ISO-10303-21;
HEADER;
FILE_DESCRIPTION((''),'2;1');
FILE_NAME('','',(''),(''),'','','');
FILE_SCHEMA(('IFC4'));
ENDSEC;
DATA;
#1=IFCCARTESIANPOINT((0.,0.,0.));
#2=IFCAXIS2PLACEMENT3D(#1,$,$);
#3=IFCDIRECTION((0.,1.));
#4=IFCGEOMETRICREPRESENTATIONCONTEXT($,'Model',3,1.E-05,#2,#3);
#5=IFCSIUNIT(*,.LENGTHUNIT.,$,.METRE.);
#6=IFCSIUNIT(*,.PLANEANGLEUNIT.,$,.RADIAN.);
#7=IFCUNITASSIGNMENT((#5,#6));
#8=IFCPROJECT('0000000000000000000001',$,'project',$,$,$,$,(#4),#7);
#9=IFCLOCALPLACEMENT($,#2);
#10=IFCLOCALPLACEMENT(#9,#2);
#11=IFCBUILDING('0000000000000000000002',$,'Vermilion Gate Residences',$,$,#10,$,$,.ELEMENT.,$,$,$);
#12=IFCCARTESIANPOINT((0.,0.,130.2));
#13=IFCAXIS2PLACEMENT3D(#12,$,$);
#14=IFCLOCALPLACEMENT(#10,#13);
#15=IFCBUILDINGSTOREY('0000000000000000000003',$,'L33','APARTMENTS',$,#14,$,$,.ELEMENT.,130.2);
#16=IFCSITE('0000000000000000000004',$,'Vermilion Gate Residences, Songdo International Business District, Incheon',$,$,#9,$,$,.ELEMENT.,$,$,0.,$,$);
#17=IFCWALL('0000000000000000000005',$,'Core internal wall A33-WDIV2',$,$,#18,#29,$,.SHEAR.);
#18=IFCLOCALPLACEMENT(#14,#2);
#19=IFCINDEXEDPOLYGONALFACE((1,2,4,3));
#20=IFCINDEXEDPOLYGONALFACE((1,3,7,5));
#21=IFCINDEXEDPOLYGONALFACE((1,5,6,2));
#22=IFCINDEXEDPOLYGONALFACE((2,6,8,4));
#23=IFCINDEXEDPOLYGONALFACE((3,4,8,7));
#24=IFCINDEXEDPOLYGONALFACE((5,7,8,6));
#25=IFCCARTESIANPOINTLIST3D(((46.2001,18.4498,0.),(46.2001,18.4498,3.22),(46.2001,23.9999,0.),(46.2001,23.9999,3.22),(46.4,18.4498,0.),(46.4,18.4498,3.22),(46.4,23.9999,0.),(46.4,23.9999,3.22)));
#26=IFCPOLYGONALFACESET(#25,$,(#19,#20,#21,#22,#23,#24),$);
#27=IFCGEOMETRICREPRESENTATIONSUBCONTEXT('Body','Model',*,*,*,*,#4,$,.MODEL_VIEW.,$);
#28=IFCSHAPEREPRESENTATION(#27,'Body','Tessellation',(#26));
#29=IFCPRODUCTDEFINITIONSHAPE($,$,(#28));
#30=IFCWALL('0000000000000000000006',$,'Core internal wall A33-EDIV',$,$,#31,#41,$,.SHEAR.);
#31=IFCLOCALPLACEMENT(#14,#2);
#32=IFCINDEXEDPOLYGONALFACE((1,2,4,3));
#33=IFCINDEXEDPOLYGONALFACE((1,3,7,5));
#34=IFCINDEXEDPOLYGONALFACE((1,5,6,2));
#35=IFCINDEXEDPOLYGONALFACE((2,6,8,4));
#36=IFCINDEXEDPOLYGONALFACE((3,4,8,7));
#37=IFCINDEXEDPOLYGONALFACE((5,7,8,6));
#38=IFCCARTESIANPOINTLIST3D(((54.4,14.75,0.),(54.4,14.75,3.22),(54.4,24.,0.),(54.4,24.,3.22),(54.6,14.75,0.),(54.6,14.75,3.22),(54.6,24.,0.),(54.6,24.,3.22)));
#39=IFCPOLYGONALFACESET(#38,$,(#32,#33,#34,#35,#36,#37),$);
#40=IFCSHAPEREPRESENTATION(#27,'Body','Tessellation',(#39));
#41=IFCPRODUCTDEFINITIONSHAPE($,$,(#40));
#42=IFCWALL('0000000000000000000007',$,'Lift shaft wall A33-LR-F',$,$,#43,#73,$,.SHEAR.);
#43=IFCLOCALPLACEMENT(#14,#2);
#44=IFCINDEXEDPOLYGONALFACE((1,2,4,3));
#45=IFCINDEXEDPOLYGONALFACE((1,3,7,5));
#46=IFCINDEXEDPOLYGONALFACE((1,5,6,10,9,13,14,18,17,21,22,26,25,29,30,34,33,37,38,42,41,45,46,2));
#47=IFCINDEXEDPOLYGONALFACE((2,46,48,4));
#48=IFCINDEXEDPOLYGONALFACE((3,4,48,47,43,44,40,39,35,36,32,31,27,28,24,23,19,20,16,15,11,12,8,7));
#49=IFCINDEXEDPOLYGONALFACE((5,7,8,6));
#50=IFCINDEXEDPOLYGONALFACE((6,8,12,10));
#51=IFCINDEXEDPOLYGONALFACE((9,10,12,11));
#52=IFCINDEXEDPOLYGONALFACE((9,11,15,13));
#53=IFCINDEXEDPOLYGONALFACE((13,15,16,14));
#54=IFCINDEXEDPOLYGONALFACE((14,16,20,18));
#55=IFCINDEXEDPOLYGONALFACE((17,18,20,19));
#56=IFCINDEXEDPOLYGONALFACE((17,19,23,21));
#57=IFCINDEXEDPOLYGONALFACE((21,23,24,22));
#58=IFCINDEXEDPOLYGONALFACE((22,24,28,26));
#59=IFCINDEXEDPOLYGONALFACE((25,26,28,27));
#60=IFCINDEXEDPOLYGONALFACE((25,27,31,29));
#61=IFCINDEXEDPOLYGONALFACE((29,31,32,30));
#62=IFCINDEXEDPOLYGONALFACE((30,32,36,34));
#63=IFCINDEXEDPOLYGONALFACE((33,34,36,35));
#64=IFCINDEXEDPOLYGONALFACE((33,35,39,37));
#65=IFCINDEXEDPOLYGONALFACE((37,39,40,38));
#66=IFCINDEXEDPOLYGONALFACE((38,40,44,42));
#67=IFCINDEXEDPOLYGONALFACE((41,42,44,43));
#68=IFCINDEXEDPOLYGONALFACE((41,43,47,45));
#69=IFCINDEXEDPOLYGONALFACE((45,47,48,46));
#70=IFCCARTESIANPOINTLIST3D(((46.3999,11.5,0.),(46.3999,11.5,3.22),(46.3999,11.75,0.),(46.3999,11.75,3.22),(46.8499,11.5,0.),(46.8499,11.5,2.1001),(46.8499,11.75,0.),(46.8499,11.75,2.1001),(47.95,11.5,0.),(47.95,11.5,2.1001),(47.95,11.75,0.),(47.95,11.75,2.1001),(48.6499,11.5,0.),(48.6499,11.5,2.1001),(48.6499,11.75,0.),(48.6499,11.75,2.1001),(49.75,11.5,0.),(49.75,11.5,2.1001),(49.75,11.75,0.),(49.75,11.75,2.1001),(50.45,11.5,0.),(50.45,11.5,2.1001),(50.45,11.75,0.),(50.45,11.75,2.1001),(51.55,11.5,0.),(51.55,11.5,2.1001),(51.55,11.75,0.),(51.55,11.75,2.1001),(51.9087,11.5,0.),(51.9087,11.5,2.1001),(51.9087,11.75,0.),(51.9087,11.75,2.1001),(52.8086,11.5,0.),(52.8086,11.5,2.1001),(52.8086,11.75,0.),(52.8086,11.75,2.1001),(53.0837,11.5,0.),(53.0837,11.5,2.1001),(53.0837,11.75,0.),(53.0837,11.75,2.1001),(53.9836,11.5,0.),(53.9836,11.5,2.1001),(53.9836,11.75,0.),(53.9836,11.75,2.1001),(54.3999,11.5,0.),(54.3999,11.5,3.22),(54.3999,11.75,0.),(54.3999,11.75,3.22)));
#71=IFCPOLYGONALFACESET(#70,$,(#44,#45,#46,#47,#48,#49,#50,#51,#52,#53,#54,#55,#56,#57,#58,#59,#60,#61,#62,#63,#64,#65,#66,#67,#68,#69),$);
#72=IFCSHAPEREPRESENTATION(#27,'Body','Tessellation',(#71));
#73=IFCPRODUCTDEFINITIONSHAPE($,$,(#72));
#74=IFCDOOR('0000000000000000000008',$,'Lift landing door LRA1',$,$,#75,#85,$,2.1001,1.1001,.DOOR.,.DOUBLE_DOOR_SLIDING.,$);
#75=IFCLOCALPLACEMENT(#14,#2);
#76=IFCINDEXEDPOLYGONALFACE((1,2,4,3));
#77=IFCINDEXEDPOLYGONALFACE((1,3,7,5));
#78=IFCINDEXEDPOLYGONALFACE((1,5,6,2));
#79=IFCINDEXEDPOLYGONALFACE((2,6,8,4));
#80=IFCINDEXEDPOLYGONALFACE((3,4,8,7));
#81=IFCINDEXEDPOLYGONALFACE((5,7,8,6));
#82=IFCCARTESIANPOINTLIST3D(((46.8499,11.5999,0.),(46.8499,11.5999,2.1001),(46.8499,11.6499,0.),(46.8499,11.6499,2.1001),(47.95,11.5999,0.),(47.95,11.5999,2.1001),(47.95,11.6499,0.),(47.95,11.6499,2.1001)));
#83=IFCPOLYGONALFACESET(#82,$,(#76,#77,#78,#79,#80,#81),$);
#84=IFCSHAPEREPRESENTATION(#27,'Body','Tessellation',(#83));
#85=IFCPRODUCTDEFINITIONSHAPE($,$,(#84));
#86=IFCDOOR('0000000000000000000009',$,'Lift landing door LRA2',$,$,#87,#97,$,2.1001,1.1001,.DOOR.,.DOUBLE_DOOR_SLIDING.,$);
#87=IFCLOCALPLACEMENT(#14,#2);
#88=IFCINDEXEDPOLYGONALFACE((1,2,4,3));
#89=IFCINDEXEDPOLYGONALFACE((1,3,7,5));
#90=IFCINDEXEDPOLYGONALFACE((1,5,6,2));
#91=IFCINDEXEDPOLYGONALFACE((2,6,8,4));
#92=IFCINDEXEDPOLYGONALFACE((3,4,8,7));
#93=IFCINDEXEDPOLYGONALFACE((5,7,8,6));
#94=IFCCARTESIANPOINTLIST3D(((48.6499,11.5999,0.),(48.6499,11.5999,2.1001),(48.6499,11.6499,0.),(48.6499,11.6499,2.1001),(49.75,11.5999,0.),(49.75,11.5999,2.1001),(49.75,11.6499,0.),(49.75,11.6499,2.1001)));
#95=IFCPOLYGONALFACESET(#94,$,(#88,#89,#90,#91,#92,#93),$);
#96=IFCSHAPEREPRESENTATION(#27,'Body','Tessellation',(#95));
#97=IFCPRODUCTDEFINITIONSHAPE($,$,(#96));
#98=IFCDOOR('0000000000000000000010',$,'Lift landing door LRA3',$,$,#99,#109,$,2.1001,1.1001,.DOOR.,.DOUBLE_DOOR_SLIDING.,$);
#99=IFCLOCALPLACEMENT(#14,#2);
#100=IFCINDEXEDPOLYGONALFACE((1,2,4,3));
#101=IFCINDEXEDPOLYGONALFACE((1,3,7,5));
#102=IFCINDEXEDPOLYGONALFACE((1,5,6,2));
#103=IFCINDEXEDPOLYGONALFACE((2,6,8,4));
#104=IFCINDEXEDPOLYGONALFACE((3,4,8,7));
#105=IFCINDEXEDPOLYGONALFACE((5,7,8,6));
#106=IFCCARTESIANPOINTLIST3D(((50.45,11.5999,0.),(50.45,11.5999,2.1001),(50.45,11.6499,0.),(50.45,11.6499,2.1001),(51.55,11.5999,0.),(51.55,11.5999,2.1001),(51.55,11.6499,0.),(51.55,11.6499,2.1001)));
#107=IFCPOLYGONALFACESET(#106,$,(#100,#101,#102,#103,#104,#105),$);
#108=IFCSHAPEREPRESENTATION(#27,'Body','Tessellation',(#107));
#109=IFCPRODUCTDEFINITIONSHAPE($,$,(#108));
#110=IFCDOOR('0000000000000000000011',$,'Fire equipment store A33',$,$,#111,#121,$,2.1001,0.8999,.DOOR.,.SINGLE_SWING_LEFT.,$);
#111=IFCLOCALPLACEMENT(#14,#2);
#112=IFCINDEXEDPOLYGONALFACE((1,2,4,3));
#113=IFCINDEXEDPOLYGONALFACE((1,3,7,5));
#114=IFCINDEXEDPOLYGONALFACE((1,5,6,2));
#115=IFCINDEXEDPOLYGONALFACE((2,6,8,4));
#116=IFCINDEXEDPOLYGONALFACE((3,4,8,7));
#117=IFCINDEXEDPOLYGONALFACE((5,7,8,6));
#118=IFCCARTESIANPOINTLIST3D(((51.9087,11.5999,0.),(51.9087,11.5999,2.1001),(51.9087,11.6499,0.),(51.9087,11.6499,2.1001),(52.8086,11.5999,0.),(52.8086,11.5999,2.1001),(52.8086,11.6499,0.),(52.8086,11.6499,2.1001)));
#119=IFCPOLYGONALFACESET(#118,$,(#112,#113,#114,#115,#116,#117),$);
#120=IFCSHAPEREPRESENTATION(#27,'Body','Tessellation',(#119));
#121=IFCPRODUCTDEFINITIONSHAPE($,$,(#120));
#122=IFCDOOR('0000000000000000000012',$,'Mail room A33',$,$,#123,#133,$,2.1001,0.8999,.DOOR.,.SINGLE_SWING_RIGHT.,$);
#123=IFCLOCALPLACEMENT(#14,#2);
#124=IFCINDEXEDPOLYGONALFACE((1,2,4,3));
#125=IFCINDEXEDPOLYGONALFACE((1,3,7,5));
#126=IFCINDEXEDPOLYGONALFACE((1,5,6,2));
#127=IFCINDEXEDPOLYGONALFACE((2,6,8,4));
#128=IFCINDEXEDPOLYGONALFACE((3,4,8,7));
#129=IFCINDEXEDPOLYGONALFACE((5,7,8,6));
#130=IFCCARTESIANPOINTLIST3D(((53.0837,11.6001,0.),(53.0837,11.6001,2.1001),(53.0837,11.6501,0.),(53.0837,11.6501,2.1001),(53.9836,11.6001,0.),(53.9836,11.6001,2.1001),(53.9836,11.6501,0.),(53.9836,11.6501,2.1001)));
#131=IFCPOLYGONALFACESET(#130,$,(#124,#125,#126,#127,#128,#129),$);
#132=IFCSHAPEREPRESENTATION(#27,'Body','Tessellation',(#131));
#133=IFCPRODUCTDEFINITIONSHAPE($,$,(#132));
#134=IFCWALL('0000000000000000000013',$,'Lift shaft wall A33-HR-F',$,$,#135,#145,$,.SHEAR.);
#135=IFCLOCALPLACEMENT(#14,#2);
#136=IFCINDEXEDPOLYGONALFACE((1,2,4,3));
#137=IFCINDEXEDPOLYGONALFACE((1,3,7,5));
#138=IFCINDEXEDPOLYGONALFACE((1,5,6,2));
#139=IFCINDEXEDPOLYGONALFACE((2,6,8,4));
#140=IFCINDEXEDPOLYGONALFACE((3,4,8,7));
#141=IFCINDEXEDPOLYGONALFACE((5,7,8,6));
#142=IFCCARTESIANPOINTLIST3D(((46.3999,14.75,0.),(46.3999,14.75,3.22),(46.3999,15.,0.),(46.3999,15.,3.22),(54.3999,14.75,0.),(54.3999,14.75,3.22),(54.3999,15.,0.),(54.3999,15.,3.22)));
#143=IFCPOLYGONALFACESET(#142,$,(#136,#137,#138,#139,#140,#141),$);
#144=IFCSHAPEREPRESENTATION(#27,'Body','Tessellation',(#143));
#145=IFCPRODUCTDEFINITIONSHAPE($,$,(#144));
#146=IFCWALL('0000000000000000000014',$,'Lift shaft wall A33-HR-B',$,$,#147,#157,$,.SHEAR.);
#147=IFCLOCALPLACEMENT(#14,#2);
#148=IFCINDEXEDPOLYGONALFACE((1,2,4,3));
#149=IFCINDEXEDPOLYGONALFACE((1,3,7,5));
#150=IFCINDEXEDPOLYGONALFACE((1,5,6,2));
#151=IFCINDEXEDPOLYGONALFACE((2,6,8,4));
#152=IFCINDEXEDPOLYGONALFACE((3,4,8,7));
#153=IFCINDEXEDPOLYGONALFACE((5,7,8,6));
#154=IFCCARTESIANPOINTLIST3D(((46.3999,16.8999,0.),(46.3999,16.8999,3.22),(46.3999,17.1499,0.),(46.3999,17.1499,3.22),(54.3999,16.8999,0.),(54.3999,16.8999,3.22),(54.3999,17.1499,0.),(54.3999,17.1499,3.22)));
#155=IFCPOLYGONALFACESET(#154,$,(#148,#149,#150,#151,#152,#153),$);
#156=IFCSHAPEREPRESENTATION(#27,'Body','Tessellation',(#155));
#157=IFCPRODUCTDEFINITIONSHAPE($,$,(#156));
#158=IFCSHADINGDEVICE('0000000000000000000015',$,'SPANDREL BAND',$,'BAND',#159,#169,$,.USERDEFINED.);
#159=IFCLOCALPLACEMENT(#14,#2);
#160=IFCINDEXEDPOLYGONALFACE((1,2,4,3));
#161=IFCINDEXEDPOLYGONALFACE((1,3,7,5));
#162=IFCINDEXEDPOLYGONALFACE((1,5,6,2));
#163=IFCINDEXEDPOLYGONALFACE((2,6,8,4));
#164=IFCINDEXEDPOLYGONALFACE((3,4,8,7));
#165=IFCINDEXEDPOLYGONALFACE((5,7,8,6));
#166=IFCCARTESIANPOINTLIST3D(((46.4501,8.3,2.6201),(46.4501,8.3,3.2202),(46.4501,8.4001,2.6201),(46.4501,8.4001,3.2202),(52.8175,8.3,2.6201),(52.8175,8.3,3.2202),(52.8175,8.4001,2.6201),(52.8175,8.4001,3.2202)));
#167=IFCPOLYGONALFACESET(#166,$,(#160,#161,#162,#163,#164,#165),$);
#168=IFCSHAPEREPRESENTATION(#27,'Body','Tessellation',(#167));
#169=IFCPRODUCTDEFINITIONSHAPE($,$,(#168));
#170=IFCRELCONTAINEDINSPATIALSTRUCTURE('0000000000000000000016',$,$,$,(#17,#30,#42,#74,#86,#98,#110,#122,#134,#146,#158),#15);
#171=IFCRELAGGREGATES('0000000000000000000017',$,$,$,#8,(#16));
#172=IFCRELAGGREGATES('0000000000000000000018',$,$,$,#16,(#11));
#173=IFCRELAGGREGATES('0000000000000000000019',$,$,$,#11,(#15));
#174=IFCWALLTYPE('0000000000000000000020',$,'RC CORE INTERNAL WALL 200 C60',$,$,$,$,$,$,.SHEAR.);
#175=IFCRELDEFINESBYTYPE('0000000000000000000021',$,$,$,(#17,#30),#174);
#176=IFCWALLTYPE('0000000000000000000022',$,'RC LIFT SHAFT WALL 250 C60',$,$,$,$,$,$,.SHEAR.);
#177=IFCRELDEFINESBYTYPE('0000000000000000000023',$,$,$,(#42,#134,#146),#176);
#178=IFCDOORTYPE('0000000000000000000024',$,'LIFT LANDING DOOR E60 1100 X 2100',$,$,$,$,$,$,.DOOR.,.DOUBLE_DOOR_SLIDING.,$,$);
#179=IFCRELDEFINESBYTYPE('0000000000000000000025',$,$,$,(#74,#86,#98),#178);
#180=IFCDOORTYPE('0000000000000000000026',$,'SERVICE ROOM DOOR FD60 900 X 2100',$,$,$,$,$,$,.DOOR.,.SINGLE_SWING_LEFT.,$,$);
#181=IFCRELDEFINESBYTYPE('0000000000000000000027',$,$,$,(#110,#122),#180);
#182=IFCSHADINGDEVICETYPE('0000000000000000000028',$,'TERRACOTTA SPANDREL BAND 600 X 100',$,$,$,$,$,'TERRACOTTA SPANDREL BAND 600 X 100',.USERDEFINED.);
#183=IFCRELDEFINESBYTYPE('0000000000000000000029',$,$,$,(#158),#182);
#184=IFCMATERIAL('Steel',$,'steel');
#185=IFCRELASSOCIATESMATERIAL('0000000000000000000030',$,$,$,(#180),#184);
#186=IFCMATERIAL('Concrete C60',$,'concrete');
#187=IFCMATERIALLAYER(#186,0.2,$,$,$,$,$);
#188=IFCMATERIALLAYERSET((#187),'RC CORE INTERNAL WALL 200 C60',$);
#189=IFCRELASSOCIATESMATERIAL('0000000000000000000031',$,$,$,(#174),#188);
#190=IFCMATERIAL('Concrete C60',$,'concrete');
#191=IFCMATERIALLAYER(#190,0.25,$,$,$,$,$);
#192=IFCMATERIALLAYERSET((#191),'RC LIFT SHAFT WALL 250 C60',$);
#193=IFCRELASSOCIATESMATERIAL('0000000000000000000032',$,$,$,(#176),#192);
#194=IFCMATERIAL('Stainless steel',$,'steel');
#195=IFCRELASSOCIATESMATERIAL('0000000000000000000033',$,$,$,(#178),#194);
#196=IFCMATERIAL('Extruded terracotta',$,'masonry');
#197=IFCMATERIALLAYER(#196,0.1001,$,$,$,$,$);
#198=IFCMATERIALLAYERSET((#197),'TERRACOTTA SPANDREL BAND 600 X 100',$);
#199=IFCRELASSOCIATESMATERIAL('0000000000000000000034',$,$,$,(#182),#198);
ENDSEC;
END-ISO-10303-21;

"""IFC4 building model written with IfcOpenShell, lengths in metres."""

from ifc_helpers import new_model, si_unit, direction, frame, frame_2d, origin, origin_2d, place, context, subcontext, project, spatial, rectangle, extrude, material, layer, layer_set, type_object, element, fill, save


model = new_model("IFC4")

# Units and contexts
model_context = context("Model", 3, precision=1e-05, world=origin(), true_north=direction((0.0, 1.0)))
body_context = subcontext(model_context, "Body", "Model", "MODEL_VIEW")
ifc_project = project(units=[si_unit("LENGTHUNIT", "METRE"), si_unit("PLANEANGLEUNIT", "RADIAN")], contexts=[model_context])

# Site, building, storey
site_placement = place(None, origin())
site = spatial("IfcSite", under=ifc_project, at=site_placement, Name="Vermilion Gate Residences, Songdo International Business District, Incheon", CompositionType="ELEMENT", RefElevation=0.0)
building_placement = place(site_placement, origin())
building = spatial("IfcBuilding", under=site, at=building_placement, Name="Vermilion Gate Residences", CompositionType="ELEMENT")
storey_placement = place(building_placement, frame((0.0, 0.0, 130.2)))
storey = spatial("IfcBuildingStorey", under=building, at=storey_placement, Name="L33", Description="APARTMENTS", CompositionType="ELEMENT", Elevation=130.2)

# Shared definitions
ifc_material_1 = material(Name="Steel", Category="steel")
door_type_1 = type_object("IfcDoorType", Name="SERVICE ROOM DOOR FD60 900 X 2100", OperationType="SINGLE_SWING_LEFT", PredefinedType="DOOR", material=ifc_material_1)

# Walls
ifc_material_2 = material(Name="Concrete C60", Category="concrete")
ifc_layer_1 = layer(ifc_material_2, 0.2)
ifc_layer_set_1 = layer_set([ifc_layer_1], Name="RC CORE INTERNAL WALL 200 C60")
wall_type_1 = type_object("IfcWallType", Name="RC CORE INTERNAL WALL 200 C60", PredefinedType="SHEAR", material=ifc_layer_set_1)
wall_1_placement = place(storey_placement, frame((46.3, 18.45, 0.0), z_axis=(0.0, 0.0, 1.0), x_axis=(0.0, 1.0, 0.0)))
element("IfcWall", 1, at=wall_1_placement, inside=storey, type_object=wall_type_1, Name="Core internal wall A33-WDIV2", PredefinedType="SHEAR", context=body_context, shape_type="SweptSolid", body=[
    extrude(rectangle(XDim=5.55, YDim=0.2, at=frame_2d((2.7749, 0.0))), origin(), (0.0, 0.0, 1.0), 3.22),
])
wall_2_placement = place(storey_placement, frame((54.5, 14.75, 0.0), z_axis=(0.0, 0.0, 1.0), x_axis=(0.0, 1.0, 0.0)))
element("IfcWall", 2, at=wall_2_placement, inside=storey, type_object=wall_type_1, Name="Core internal wall A33-EDIV", PredefinedType="SHEAR", context=body_context, shape_type="SweptSolid", body=[
    extrude(rectangle(XDim=9.25, YDim=0.2, at=frame_2d((4.625, 0.0))), origin(), (0.0, 0.0, 1.0), 3.22),
])

# Wall, openings, doors
ifc_material_3 = material(Name="Concrete C60", Category="concrete")
ifc_layer_2 = layer(ifc_material_3, 0.25)
ifc_layer_set_2 = layer_set([ifc_layer_2], Name="RC LIFT SHAFT WALL 250 C60")
wall_type_2 = type_object("IfcWallType", Name="RC LIFT SHAFT WALL 250 C60", PredefinedType="SHEAR", material=ifc_layer_set_2)
wall_3_placement = place(storey_placement, frame((46.3999, 11.625, 0.0), z_axis=(0.0, 0.0, 1.0), x_axis=(1.0, 0.0, 0.0)))
wall_3 = element("IfcWall", 3, at=wall_3_placement, inside=storey, type_object=wall_type_2, Name="Lift shaft wall A33-LR-F", PredefinedType="SHEAR", context=body_context, shape_type="SweptSolid", body=[
    extrude(rectangle(XDim=8.0, YDim=0.25, at=frame_2d((4.0, 0.0))), origin(), (0.0, 0.0, 1.0), 3.22),
])
opening_1_placement = place(wall_3_placement, frame((0.45, 0.0, 0.0)))
opening_1 = element("IfcOpeningElement", 4, at=opening_1_placement, cuts=wall_3, PredefinedType="OPENING", context=body_context, shape_type="SweptSolid", body=[
    extrude(rectangle(XDim=1.1001, YDim=2.1001, at=frame_2d((0.55, 1.05))), frame((0.0, 0.135, 0.0), z_axis=(0.0, -1.0, 0.0), x_axis=(1.0, 0.0, 0.0)), (0.0, 0.0, 1.0), 0.27),
])
opening_2_placement = place(wall_3_placement, frame((2.25, 0.0, 0.0)))
opening_2 = element("IfcOpeningElement", 5, at=opening_2_placement, cuts=wall_3, PredefinedType="OPENING", context=body_context, shape_type="SweptSolid", body=[
    extrude(rectangle(XDim=1.1001, YDim=2.1001, at=frame_2d((0.55, 1.05))), frame((0.0, 0.135, 0.0), z_axis=(0.0, -1.0, 0.0), x_axis=(1.0, 0.0, 0.0)), (0.0, 0.0, 1.0), 0.27),
])
opening_3_placement = place(wall_3_placement, frame((4.05, 0.0, 0.0)))
opening_3 = element("IfcOpeningElement", 6, at=opening_3_placement, cuts=wall_3, PredefinedType="OPENING", context=body_context, shape_type="SweptSolid", body=[
    extrude(rectangle(XDim=1.1001, YDim=2.1001, at=frame_2d((0.55, 1.05))), frame((0.0, 0.135, 0.0), z_axis=(0.0, -1.0, 0.0), x_axis=(1.0, 0.0, 0.0)), (0.0, 0.0, 1.0), 0.27),
])
opening_4_placement = place(wall_3_placement, frame((5.5088, 0.0, 0.0)))
opening_4 = element("IfcOpeningElement", 7, at=opening_4_placement, cuts=wall_3, PredefinedType="OPENING", context=body_context, shape_type="SweptSolid", body=[
    extrude(rectangle(XDim=0.8999, YDim=2.1001, at=frame_2d((0.45, 1.05))), frame((0.0, 0.135, 0.0), z_axis=(0.0, -1.0, 0.0), x_axis=(1.0, 0.0, 0.0)), (0.0, 0.0, 1.0), 0.27),
])
opening_5_placement = place(wall_3_placement, frame((6.6838, 0.0, 0.0)))
opening_5 = element("IfcOpeningElement", 8, at=opening_5_placement, cuts=wall_3, PredefinedType="OPENING", context=body_context, shape_type="SweptSolid", body=[
    extrude(rectangle(XDim=0.8999, YDim=2.1001, at=frame_2d((0.45, 1.05))), frame((0.0, 0.135, 0.0), z_axis=(0.0, -1.0, 0.0), x_axis=(1.0, 0.0, 0.0)), (0.0, 0.0, 1.0), 0.27),
])
ifc_material_4 = material(Name="Stainless steel", Category="steel")
door_type_2 = type_object("IfcDoorType", Name="LIFT LANDING DOOR E60 1100 X 2100", OperationType="DOUBLE_DOOR_SLIDING", PredefinedType="DOOR", material=ifc_material_4)
door_1_placement = place(opening_1_placement, origin())
door_1 = element("IfcDoor", 9, at=door_1_placement, inside=storey, type_object=door_type_2, Name="Lift landing door LRA1", OperationType="DOUBLE_DOOR_SLIDING", OverallHeight=2.1001, OverallWidth=1.1001, PredefinedType="DOOR", context=body_context, shape_type="SweptSolid", body=[
    extrude(rectangle(XDim=1.1001, YDim=2.1001, at=frame_2d((0.55, 1.05))), frame((0.0, 0.0249, 0.0), z_axis=(0.0, -1.0, 0.0), x_axis=(1.0, 0.0, 0.0)), (0.0, 0.0, 1.0), 0.05),
])
fill(opening_1, door_1)
door_2_placement = place(opening_2_placement, origin())
door_2 = element("IfcDoor", 10, at=door_2_placement, inside=storey, type_object=door_type_2, Name="Lift landing door LRA2", OperationType="DOUBLE_DOOR_SLIDING", OverallHeight=2.1001, OverallWidth=1.1001, PredefinedType="DOOR", context=body_context, shape_type="SweptSolid", body=[
    extrude(rectangle(XDim=1.1001, YDim=2.1001, at=frame_2d((0.55, 1.05))), frame((0.0, 0.0249, 0.0), z_axis=(0.0, -1.0, 0.0), x_axis=(1.0, 0.0, 0.0)), (0.0, 0.0, 1.0), 0.05),
])
fill(opening_2, door_2)
door_3_placement = place(opening_3_placement, origin())
door_3 = element("IfcDoor", 11, at=door_3_placement, inside=storey, type_object=door_type_2, Name="Lift landing door LRA3", OperationType="DOUBLE_DOOR_SLIDING", OverallHeight=2.1001, OverallWidth=1.1001, PredefinedType="DOOR", context=body_context, shape_type="SweptSolid", body=[
    extrude(rectangle(XDim=1.1001, YDim=2.1001, at=frame_2d((0.55, 1.05))), frame((0.0, 0.0249, 0.0), z_axis=(0.0, -1.0, 0.0), x_axis=(1.0, 0.0, 0.0)), (0.0, 0.0, 1.0), 0.05),
])
fill(opening_3, door_3)
door_4_placement = place(opening_4_placement, origin())
door_4 = element("IfcDoor", 12, at=door_4_placement, inside=storey, type_object=door_type_1, Name="Fire equipment store A33", OperationType="SINGLE_SWING_LEFT", OverallHeight=2.1001, OverallWidth=0.8999, PredefinedType="DOOR", context=body_context, shape_type="SweptSolid", body=[
    extrude(rectangle(XDim=0.8999, YDim=2.1001, at=frame_2d((0.45, 1.05))), frame((0.0, 0.0249, 0.0), z_axis=(0.0, -1.0, 0.0), x_axis=(1.0, 0.0, 0.0)), (0.0, 0.0, 1.0), 0.05),
])
fill(opening_4, door_4)
door_5_placement = place(opening_5_placement, frame((0.8999, 0.0, 0.0), z_axis=(0.0, 0.0, 1.0), x_axis=(-1.0, 0.0, 0.0)))
door_5 = element("IfcDoor", 13, at=door_5_placement, inside=storey, type_object=door_type_1, Name="Mail room A33", OperationType="SINGLE_SWING_RIGHT", OverallHeight=2.1001, OverallWidth=0.8999, PredefinedType="DOOR", context=body_context, shape_type="SweptSolid", body=[
    extrude(rectangle(XDim=0.8999, YDim=2.1001, at=frame_2d((0.45, 1.05))), frame((0.0, 0.0249, 0.0), z_axis=(0.0, -1.0, 0.0), x_axis=(1.0, 0.0, 0.0)), (0.0, 0.0, 1.0), 0.05),
])
fill(opening_5, door_5)

# Walls
for number, where, z_axis, x_axis, name in (
    (14, (46.3999, 14.875, 0.0), (0.0, 0.0, 1.0), (1.0, 0.0, 0.0), "Lift shaft wall A33-HR-F"),
    (15, (46.3999, 17.0249, 0.0), (0.0, 0.0, 1.0), (1.0, 0.0, 0.0), "Lift shaft wall A33-HR-B"),
):
    element("IfcWall", number, at=place(storey_placement, frame(where, z_axis=z_axis, x_axis=x_axis)), inside=storey, type_object=wall_type_2, Name=name, PredefinedType="SHEAR", context=body_context, shape_type="SweptSolid", body=[
        extrude(rectangle(XDim=8.0, YDim=0.25, at=frame_2d((4.0, 0.0))), origin(), (0.0, 0.0, 1.0), 3.22),
    ])

# Shading device
ifc_material_5 = material(Name="Extruded terracotta", Category="masonry")
ifc_layer_3 = layer(ifc_material_5, 0.1001)
ifc_layer_set_3 = layer_set([ifc_layer_3], Name="TERRACOTTA SPANDREL BAND 600 X 100")
shading_device_type = type_object("IfcShadingDeviceType", Name="TERRACOTTA SPANDREL BAND 600 X 100", ElementType="TERRACOTTA SPANDREL BAND 600 X 100", PredefinedType="USERDEFINED", material=ifc_layer_set_3)
shading_device_placement = place(storey_placement, frame((49.6338, 8.3501, 2.6201), z_axis=(0.0, 0.0, 1.0), x_axis=(1.0, 0.0, 0.0)))
element("IfcShadingDevice", 16, at=shading_device_placement, inside=storey, type_object=shading_device_type, Name="SPANDREL BAND", ObjectType="BAND", PredefinedType="USERDEFINED", context=body_context, shape_type="SweptSolid", body=[
    extrude(rectangle(XDim=6.3674, YDim=0.1001, at=origin_2d()), origin(), (0.0, 0.0, 1.0), 0.6001),
])

save(model, "model.ifc")
